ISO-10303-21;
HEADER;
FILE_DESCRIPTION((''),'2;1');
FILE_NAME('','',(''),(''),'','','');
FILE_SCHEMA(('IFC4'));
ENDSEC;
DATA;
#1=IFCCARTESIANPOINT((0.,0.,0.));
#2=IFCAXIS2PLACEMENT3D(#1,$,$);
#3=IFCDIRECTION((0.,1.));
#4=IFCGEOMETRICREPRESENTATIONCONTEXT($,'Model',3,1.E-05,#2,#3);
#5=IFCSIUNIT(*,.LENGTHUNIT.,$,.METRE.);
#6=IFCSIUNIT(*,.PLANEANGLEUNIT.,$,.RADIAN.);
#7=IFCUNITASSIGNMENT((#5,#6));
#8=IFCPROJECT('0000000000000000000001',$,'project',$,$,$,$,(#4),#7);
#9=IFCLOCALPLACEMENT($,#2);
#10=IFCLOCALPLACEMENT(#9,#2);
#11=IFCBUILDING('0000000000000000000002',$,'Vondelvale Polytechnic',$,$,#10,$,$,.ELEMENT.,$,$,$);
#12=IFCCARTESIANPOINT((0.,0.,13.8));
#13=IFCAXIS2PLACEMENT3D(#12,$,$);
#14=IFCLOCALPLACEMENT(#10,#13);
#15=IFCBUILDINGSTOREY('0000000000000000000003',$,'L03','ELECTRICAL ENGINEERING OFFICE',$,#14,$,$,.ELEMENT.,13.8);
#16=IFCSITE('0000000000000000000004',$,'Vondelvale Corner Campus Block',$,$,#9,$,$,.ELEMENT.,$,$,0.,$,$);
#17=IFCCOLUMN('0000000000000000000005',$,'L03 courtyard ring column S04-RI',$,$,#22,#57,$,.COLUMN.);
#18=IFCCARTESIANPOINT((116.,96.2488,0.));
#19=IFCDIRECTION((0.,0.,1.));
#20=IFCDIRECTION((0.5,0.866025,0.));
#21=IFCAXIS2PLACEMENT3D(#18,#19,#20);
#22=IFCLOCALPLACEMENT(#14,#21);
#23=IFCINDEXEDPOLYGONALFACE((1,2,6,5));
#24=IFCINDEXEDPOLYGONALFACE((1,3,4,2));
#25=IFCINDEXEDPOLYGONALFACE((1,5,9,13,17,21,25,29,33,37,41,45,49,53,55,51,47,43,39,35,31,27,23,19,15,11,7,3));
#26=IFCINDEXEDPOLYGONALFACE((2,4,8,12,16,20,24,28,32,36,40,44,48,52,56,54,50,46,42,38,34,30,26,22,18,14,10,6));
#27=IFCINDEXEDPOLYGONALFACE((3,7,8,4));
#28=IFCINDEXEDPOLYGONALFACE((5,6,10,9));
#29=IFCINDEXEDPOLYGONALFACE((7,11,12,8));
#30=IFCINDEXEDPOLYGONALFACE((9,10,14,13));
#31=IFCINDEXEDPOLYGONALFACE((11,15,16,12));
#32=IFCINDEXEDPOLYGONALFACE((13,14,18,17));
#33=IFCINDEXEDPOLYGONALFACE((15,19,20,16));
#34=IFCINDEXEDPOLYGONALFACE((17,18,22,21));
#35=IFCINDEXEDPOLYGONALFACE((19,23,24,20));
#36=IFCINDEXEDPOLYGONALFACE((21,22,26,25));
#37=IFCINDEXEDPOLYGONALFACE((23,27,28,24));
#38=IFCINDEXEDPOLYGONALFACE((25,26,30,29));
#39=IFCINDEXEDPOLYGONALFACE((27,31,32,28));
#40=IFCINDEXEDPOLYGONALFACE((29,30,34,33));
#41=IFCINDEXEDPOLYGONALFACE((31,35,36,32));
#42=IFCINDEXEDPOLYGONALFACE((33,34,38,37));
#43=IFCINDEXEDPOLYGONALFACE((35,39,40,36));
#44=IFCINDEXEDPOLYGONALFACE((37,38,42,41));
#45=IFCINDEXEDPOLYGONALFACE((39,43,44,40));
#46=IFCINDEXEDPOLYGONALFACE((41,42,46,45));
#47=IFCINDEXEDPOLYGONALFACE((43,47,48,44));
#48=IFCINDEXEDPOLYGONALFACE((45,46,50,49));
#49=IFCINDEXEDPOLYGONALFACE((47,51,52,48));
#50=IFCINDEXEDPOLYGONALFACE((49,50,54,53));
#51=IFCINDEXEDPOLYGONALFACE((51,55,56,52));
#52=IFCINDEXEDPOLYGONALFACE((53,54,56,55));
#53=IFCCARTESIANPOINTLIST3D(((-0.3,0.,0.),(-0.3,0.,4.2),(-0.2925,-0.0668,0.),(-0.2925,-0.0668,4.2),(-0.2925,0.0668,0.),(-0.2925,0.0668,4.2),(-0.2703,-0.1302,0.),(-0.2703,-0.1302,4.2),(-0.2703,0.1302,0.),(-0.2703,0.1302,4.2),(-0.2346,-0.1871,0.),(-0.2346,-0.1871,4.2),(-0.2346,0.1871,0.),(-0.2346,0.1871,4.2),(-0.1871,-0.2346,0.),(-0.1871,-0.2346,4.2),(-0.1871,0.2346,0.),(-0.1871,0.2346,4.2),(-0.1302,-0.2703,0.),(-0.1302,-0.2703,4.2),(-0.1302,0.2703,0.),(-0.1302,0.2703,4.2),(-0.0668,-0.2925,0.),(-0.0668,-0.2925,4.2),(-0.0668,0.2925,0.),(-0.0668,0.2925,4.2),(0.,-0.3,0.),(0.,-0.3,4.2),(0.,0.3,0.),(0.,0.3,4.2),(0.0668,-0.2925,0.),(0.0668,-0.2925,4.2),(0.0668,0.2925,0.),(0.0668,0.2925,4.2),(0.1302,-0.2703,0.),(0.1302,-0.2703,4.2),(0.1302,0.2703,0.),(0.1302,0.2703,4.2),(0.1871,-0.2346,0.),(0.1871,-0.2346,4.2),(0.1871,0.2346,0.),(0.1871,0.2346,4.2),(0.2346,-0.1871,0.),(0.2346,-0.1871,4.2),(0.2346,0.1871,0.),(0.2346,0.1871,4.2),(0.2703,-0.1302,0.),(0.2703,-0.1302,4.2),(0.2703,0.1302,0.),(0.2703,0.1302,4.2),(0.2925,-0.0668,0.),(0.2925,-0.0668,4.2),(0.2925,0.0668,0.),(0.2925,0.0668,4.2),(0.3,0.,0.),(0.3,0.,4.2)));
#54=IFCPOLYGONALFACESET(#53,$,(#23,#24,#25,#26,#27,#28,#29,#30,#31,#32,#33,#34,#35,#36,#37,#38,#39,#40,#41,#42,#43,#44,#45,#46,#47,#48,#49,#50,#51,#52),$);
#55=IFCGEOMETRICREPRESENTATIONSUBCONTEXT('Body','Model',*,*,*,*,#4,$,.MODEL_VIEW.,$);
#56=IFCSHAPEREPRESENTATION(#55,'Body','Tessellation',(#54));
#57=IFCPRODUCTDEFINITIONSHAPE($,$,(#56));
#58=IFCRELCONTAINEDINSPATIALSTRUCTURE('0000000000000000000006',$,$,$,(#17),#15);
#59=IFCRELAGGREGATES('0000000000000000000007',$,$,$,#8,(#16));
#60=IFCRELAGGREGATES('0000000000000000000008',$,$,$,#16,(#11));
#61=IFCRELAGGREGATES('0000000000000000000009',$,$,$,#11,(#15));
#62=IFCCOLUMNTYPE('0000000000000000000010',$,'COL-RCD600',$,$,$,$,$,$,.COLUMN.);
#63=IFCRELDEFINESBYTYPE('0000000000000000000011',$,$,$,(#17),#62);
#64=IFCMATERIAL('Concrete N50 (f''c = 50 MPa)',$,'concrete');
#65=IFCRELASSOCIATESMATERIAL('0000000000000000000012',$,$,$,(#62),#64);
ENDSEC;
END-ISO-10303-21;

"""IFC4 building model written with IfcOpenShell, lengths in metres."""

from ifc_helpers import new_model, si_unit, direction, frame, origin, origin_2d, place, context, subcontext, project, spatial, circle, extrude, material, material_profile, profile_set, type_object, element, save


model = new_model("IFC4")

# Units and contexts
model_context = context("Model", 3, precision=1e-05, world=origin(), true_north=direction((0.0, 1.0)))
body_context = subcontext(model_context, "Body", "Model", "MODEL_VIEW")
ifc_project = project(units=[si_unit("LENGTHUNIT", "METRE"), si_unit("PLANEANGLEUNIT", "RADIAN")], contexts=[model_context])

# Site, building, storey
site_placement = place(None, origin())
site = spatial("IfcSite", under=ifc_project, at=site_placement, Name="Vondelvale Corner Campus Block", CompositionType="ELEMENT", RefElevation=0.0)
building_placement = place(site_placement, origin())
building = spatial("IfcBuilding", under=site, at=building_placement, Name="Vondelvale Polytechnic", CompositionType="ELEMENT")
storey_placement = place(building_placement, frame((0.0, 0.0, 13.8)))
storey = spatial("IfcBuildingStorey", under=building, at=storey_placement, Name="L03", Description="ELECTRICAL ENGINEERING OFFICE", CompositionType="ELEMENT", Elevation=13.8)

# Column
ifc_material_1 = material(Name="Concrete N50 (f'c = 50 MPa)", Category="concrete")
ifc_material_profile_1 = material_profile(ifc_material_1, circle(Radius=0.3, at=origin_2d()), Name="RC-COL-D600")
ifc_profile_set_1 = profile_set([ifc_material_profile_1], Name="Concrete N50 (f'c = 50 MPa)")
column_type = type_object("IfcColumnType", Name="COL-RCD600", PredefinedType="COLUMN", material=ifc_profile_set_1)
column_placement = place(storey_placement, frame((116.0, 96.2488, 0.0), z_axis=(0.0, 0.0, 1.0), x_axis=(0.5, 0.866025, 0.0)))
element("IfcColumn", 1, at=column_placement, inside=storey, type_object=column_type, Name="L03 courtyard ring column S04-RI", PredefinedType="COLUMN", context=body_context, shape_type="SweptSolid", body=[
    extrude(circle(Radius=0.3, at=origin_2d()), origin(), (0.0, 0.0, 1.0), 4.2),
])

save(model, "model.ifc")
